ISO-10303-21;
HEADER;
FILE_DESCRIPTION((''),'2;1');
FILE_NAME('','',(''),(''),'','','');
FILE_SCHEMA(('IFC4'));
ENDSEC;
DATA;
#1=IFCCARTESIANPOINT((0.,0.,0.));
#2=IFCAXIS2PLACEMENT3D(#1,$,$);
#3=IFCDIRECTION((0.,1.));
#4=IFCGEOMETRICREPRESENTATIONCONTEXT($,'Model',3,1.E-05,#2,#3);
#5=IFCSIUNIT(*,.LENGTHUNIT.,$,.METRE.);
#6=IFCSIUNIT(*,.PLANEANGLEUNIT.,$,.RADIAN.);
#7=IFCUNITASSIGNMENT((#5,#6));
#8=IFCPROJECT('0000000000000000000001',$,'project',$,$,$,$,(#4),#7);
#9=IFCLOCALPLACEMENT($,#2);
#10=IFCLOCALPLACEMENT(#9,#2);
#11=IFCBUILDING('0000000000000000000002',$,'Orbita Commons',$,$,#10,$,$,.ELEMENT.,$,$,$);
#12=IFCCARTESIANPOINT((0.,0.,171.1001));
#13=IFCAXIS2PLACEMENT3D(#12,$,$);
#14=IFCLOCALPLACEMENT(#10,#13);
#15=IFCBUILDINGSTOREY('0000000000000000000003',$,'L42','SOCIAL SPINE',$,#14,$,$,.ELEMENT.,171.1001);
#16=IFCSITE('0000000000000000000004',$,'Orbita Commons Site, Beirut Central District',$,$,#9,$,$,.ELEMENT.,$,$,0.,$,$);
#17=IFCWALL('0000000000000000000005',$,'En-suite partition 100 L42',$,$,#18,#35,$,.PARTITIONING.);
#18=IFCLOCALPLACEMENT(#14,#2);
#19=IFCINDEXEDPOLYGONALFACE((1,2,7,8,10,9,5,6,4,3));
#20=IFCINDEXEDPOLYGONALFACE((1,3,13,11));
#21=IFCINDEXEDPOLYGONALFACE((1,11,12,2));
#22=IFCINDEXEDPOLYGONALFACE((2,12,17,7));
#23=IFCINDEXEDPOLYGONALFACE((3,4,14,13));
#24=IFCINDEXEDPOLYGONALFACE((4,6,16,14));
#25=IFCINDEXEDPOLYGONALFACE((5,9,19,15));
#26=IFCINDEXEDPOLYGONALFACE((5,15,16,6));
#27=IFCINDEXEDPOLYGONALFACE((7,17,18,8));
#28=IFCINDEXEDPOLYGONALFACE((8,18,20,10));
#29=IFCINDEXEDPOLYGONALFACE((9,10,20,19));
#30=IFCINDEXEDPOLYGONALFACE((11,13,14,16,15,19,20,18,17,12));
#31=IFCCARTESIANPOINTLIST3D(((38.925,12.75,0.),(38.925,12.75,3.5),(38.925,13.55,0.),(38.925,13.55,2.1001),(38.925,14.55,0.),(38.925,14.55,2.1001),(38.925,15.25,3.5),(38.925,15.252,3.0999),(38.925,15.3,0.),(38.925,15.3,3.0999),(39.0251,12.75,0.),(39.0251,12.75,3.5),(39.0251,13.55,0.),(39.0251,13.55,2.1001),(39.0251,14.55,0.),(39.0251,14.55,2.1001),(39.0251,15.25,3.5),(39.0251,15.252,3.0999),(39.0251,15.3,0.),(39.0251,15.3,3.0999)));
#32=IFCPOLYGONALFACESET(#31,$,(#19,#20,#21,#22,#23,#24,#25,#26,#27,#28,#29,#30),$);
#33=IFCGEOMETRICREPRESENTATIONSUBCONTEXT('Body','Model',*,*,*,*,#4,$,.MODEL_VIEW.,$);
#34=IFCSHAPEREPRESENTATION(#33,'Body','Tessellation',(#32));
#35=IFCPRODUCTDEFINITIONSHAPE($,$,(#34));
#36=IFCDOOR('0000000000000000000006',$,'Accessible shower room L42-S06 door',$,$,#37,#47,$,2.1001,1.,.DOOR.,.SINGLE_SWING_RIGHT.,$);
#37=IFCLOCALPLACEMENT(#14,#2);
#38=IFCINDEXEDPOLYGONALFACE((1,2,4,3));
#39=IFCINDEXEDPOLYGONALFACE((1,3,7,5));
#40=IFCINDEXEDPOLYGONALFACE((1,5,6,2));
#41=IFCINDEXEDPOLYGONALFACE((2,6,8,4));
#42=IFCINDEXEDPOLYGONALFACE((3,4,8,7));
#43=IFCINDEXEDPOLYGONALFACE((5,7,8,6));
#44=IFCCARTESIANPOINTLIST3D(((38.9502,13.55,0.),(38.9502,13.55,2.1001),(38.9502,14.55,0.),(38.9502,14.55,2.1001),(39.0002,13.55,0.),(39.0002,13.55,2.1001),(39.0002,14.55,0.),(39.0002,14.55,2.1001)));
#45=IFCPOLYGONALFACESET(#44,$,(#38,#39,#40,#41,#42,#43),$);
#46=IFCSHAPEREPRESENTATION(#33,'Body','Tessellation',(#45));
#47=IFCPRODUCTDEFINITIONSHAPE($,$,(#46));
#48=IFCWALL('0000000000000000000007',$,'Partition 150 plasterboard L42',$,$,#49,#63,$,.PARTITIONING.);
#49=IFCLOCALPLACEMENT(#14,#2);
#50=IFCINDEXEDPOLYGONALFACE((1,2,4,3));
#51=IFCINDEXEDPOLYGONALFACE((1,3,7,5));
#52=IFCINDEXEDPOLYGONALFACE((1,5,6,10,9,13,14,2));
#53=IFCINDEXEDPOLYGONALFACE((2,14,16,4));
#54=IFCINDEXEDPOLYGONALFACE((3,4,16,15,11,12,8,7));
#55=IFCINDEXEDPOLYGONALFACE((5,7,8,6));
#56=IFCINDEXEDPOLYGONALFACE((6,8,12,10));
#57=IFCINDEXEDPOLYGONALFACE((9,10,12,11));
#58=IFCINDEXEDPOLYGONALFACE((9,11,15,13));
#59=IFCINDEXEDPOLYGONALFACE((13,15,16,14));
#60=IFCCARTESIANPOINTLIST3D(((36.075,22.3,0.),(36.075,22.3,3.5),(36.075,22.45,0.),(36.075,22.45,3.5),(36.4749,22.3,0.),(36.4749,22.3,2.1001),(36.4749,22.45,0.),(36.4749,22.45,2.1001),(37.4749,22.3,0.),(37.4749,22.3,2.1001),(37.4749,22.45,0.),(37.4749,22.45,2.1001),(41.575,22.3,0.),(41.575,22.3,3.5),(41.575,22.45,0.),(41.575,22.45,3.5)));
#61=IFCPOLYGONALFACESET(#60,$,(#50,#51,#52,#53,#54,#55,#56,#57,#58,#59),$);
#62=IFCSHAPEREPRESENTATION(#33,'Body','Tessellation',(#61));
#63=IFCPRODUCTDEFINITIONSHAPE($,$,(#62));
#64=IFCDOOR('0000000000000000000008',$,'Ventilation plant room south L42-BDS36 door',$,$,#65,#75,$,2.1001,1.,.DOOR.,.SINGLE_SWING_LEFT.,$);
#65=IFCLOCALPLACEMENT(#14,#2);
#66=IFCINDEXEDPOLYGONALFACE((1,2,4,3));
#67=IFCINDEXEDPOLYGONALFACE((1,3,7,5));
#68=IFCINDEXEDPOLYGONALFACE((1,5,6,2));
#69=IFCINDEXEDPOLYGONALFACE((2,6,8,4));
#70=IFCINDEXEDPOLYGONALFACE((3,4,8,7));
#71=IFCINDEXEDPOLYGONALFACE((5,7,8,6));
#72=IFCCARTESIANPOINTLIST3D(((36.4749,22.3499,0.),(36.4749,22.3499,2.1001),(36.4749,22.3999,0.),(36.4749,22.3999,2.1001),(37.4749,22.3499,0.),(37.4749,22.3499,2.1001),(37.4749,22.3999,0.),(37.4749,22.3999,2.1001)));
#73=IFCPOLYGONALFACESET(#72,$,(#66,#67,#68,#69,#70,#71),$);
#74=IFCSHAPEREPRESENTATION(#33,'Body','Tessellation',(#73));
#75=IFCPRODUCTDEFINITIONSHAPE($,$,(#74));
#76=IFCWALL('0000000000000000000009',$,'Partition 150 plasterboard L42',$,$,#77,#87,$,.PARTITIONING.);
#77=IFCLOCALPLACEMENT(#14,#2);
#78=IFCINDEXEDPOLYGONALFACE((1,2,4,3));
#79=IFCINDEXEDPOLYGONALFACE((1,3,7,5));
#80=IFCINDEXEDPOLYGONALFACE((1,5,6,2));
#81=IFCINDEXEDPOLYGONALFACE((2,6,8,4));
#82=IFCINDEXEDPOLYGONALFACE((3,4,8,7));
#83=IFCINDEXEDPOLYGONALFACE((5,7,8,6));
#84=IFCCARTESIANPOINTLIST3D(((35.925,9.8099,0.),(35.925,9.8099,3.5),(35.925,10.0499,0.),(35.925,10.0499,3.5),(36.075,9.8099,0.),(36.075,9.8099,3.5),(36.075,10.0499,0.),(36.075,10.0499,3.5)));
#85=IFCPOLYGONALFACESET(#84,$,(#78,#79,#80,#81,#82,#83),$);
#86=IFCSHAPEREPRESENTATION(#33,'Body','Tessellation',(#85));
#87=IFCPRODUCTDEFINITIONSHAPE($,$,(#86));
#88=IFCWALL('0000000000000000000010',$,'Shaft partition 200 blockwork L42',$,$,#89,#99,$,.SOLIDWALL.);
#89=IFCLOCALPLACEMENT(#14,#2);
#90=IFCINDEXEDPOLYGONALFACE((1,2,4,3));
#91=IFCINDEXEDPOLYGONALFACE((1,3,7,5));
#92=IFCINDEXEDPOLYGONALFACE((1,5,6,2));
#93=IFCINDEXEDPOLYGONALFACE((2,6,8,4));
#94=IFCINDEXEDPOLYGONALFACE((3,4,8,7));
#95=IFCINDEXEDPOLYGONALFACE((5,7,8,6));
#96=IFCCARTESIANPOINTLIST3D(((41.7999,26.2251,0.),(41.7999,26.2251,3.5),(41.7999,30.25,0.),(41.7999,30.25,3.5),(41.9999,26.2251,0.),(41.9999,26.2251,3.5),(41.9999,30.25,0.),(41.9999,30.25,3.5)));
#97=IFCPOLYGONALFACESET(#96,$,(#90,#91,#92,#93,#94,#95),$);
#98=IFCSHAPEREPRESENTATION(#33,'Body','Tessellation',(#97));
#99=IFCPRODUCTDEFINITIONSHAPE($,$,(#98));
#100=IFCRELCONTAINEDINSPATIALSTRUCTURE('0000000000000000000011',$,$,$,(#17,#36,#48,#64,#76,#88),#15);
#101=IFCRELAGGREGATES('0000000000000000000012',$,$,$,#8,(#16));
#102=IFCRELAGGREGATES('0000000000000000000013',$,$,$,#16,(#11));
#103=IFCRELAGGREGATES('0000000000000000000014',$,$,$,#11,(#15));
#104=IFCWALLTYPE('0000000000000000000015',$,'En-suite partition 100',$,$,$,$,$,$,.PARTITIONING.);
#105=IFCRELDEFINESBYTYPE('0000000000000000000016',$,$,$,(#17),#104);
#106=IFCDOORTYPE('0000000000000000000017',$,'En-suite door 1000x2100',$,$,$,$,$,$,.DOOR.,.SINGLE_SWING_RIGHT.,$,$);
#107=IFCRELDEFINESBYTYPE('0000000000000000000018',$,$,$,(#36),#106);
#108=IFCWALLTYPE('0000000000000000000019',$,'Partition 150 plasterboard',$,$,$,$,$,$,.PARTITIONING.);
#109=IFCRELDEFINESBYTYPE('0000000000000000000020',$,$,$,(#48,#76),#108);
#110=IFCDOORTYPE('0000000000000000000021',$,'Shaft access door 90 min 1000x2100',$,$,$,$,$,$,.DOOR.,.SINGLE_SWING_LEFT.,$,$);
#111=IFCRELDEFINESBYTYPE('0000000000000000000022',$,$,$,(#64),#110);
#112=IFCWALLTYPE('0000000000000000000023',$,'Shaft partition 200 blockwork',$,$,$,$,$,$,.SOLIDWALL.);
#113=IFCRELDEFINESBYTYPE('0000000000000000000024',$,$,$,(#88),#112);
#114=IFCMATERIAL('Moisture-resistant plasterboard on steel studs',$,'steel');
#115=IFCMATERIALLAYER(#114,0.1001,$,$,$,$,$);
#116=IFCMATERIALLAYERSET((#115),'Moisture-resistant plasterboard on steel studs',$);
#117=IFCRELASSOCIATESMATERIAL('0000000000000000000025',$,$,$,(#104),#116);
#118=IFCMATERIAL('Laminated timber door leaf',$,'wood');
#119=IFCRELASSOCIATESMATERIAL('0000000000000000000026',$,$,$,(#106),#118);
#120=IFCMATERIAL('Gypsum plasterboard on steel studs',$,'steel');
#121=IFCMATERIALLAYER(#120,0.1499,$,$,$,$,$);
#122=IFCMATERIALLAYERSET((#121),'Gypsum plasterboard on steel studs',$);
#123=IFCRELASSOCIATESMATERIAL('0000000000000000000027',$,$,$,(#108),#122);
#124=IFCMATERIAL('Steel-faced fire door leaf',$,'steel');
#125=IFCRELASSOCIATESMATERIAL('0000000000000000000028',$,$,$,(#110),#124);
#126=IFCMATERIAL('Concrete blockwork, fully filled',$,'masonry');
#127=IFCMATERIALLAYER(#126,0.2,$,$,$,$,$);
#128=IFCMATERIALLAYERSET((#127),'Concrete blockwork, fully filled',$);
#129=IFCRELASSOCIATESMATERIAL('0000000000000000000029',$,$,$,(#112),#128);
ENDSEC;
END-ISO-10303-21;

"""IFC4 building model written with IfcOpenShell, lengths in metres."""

from ifc_helpers import new_model, si_unit, direction, frame, frame_2d, origin, place, context, subcontext, project, spatial, polyline, rectangle, outline, extrude, material, layer, layer_set, type_object, element, fill, save


model = new_model("IFC4")

# Units and contexts
model_context = context("Model", 3, precision=1e-05, world=origin(), true_north=direction((0.0, 1.0)))
body_context = subcontext(model_context, "Body", "Model", "MODEL_VIEW")
ifc_project = project(units=[si_unit("LENGTHUNIT", "METRE"), si_unit("PLANEANGLEUNIT", "RADIAN")], contexts=[model_context])

# Site, building, storey
site_placement = place(None, origin())
site = spatial("IfcSite", under=ifc_project, at=site_placement, Name="Orbita Commons Site, Beirut Central District", CompositionType="ELEMENT", RefElevation=0.0)
building_placement = place(site_placement, origin())
building = spatial("IfcBuilding", under=site, at=building_placement, Name="Orbita Commons", CompositionType="ELEMENT")
storey_placement = place(building_placement, frame((0.0, 0.0, 171.1001)))
storey = spatial("IfcBuildingStorey", under=building, at=storey_placement, Name="L42", Description="SOCIAL SPINE", CompositionType="ELEMENT", Elevation=171.1001)

# Shared definitions
ifc_material_1 = material(Name="Moisture-resistant plasterboard on steel studs", Category="steel")
ifc_layer_1 = layer(ifc_material_1, 0.1001)
ifc_layer_set_1 = layer_set([ifc_layer_1], Name="Moisture-resistant plasterboard on steel studs")
wall_type_1 = type_object("IfcWallType", Name="En-suite partition 100", PredefinedType="PARTITIONING", material=ifc_layer_set_1)

# Walls, openings, doors
wall_1_placement = place(storey_placement, frame((38.9751, 12.75, 0.0), z_axis=(0.0, 0.0, 1.0), x_axis=(0.0, 1.0, 0.0)))
wall_1 = element("IfcWall", 1, at=wall_1_placement, inside=storey, type_object=wall_type_1, Name="En-suite partition 100 L42", PredefinedType="PARTITIONING", context=body_context, shape_type="SweptSolid", body=[
    extrude(outline(polyline([(0.0, 0.0), (2.55, 0.0), (2.55, 3.0999), (2.502, 3.0999), (2.5, 3.5), (0.0, 3.5), (0.0, 0.0)])), frame((0.0, 0.05, 0.0), z_axis=(0.0, -1.0, 0.0), x_axis=(1.0, 0.0, 0.0)), (0.0, 0.0, 1.0), 0.1001),
])
opening_1_placement = place(wall_1_placement, frame((0.8, 0.0, 0.0)))
opening_1 = element("IfcOpeningElement", 2, at=opening_1_placement, cuts=wall_1, PredefinedType="OPENING", context=body_context, shape_type="SweptSolid", body=[
    extrude(rectangle(XDim=1.0, YDim=2.1001, at=frame_2d((0.5, 1.05))), frame((0.0, 0.0601, 0.0), z_axis=(0.0, -1.0, 0.0), x_axis=(1.0, 0.0, 0.0)), (0.0, 0.0, 1.0), 0.1201),
])
ifc_material_2 = material(Name="Laminated timber door leaf", Category="wood")
door_type_1 = type_object("IfcDoorType", Name="En-suite door 1000x2100", OperationType="SINGLE_SWING_RIGHT", PredefinedType="DOOR", material=ifc_material_2)
door_1_placement = place(opening_1_placement, origin())
door_1 = element("IfcDoor", 3, at=door_1_placement, inside=storey, type_object=door_type_1, Name="Accessible shower room L42-S06 door", OperationType="SINGLE_SWING_RIGHT", OverallHeight=2.1001, OverallWidth=1.0, PredefinedType="DOOR", context=body_context, shape_type="SweptSolid", body=[
    extrude(rectangle(XDim=1.0, YDim=2.1001, at=frame_2d((0.5, 1.05))), frame((0.0, 0.0249, 0.0), z_axis=(0.0, -1.0, 0.0), x_axis=(1.0, 0.0, 0.0)), (0.0, 0.0, 1.0), 0.05),
])
fill(opening_1, door_1)
ifc_material_3 = material(Name="Gypsum plasterboard on steel studs", Category="steel")
ifc_layer_2 = layer(ifc_material_3, 0.1499)
ifc_layer_set_2 = layer_set([ifc_layer_2], Name="Gypsum plasterboard on steel studs")
wall_type_2 = type_object("IfcWallType", Name="Partition 150 plasterboard", PredefinedType="PARTITIONING", material=ifc_layer_set_2)
wall_2_placement = place(storey_placement, frame((36.075, 22.375, 0.0), z_axis=(0.0, 0.0, 1.0), x_axis=(1.0, 0.0, 0.0)))
wall_2 = element("IfcWall", 4, at=wall_2_placement, inside=storey, type_object=wall_type_2, Name="Partition 150 plasterboard L42", PredefinedType="PARTITIONING", context=body_context, shape_type="SweptSolid", body=[
    extrude(rectangle(XDim=5.5, YDim=0.1499, at=frame_2d((2.75, 0.0))), origin(), (0.0, 0.0, 1.0), 3.5),
])
opening_2_placement = place(wall_2_placement, frame((0.3999, 0.0, 0.0)))
opening_2 = element("IfcOpeningElement", 5, at=opening_2_placement, cuts=wall_2, PredefinedType="OPENING", context=body_context, shape_type="SweptSolid", body=[
    extrude(rectangle(XDim=1.0, YDim=2.1001, at=frame_2d((0.5, 1.05))), frame((0.0, 0.085, 0.0), z_axis=(0.0, -1.0, 0.0), x_axis=(1.0, 0.0, 0.0)), (0.0, 0.0, 1.0), 0.1699),
])
ifc_material_4 = material(Name="Steel-faced fire door leaf", Category="steel")
door_type_2 = type_object("IfcDoorType", Name="Shaft access door 90 min 1000x2100", OperationType="SINGLE_SWING_LEFT", PredefinedType="DOOR", material=ifc_material_4)
door_2_placement = place(opening_2_placement, origin())
door_2 = element("IfcDoor", 6, at=door_2_placement, inside=storey, type_object=door_type_2, Name="Ventilation plant room south L42-BDS36 door", OperationType="SINGLE_SWING_LEFT", OverallHeight=2.1001, OverallWidth=1.0, PredefinedType="DOOR", context=body_context, shape_type="SweptSolid", body=[
    extrude(rectangle(XDim=1.0, YDim=2.1001, at=frame_2d((0.5, 1.05))), frame((0.0, 0.0249, 0.0), z_axis=(0.0, -1.0, 0.0), x_axis=(1.0, 0.0, 0.0)), (0.0, 0.0, 1.0), 0.05),
])
fill(opening_2, door_2)

# Walls
wall_3_placement = place(storey_placement, frame((36.0, 10.05, 0.0), z_axis=(0.0, 0.0, 1.0), x_axis=(0.0, -1.0, 0.0)))
element("IfcWall", 7, at=wall_3_placement, inside=storey, type_object=wall_type_2, Name="Partition 150 plasterboard L42", PredefinedType="PARTITIONING", context=body_context, shape_type="SweptSolid", body=[
    extrude(rectangle(XDim=0.24, YDim=0.1499, at=frame_2d((0.1201, 0.0))), origin(), (0.0, 0.0, 1.0), 3.5),
])
ifc_material_5 = material(Name="Concrete blockwork, fully filled", Category="masonry")
ifc_layer_3 = layer(ifc_material_5, 0.2)
ifc_layer_set_3 = layer_set([ifc_layer_3], Name="Concrete blockwork, fully filled")
wall_type_3 = type_object("IfcWallType", Name="Shaft partition 200 blockwork", PredefinedType="SOLIDWALL", material=ifc_layer_set_3)
wall_4_placement = place(storey_placement, frame((41.8999, 26.2251, 0.0), z_axis=(0.0, 0.0, 1.0), x_axis=(0.0, 1.0, 0.0)))
element("IfcWall", 8, at=wall_4_placement, inside=storey, type_object=wall_type_3, Name="Shaft partition 200 blockwork L42", PredefinedType="SOLIDWALL", context=body_context, shape_type="SweptSolid", body=[
    extrude(rectangle(XDim=4.0249, YDim=0.2, at=frame_2d((2.0125, 0.0))), origin(), (0.0, 0.0, 1.0), 3.5),
])

save(model, "model.ifc")
